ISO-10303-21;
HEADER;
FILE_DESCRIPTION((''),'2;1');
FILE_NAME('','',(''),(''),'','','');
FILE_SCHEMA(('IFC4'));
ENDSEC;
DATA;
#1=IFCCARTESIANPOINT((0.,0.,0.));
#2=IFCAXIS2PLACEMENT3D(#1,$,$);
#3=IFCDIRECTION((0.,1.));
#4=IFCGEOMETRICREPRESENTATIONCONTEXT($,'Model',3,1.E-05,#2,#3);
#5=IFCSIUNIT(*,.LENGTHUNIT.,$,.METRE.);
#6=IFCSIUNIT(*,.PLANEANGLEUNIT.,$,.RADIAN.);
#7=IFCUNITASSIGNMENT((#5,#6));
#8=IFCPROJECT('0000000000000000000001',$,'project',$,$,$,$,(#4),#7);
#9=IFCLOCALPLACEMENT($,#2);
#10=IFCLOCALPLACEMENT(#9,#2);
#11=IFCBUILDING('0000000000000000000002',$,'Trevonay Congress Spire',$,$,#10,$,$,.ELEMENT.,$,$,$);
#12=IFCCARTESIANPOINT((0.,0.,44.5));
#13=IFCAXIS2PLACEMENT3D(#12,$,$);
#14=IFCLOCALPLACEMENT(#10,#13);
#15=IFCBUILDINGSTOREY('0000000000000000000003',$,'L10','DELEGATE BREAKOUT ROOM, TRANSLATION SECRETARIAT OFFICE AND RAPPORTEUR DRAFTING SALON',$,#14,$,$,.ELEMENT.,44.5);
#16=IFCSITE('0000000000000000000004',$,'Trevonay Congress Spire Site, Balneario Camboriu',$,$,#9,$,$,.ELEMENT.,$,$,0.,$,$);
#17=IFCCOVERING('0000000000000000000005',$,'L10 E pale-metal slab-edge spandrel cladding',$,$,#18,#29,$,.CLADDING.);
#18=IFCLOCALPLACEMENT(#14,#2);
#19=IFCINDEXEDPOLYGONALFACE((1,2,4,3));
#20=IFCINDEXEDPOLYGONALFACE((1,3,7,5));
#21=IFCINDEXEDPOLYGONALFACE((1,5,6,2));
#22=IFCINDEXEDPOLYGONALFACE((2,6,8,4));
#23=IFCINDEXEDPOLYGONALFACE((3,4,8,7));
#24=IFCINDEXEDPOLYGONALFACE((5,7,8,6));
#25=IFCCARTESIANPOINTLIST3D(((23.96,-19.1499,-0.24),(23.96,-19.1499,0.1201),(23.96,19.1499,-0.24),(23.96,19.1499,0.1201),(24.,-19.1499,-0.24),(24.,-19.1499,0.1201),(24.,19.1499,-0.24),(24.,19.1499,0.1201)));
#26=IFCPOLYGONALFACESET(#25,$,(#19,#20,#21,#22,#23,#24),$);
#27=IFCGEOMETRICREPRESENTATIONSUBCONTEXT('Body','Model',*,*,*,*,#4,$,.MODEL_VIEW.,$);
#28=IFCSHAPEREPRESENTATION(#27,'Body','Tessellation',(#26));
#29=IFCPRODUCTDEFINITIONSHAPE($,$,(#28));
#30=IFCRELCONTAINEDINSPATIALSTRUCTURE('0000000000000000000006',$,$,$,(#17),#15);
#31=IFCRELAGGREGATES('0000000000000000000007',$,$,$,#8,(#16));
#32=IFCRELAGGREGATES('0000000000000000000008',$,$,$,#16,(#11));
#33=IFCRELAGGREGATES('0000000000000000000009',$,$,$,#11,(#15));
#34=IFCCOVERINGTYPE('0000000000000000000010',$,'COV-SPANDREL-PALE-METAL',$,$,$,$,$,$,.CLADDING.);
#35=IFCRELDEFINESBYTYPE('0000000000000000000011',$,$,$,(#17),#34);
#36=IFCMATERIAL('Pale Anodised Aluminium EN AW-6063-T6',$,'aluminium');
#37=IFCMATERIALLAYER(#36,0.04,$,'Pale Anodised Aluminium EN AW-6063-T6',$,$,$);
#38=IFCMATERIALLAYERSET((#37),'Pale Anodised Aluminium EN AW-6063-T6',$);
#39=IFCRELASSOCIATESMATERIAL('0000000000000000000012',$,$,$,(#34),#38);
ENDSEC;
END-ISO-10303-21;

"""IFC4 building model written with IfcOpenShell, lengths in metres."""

from ifc_helpers import new_model, si_unit, direction, frame, frame_2d, origin, place, context, subcontext, project, spatial, rectangle, extrude, material, layer, layer_set, type_object, element, save


model = new_model("IFC4")

# Units and contexts
model_context = context("Model", 3, precision=1e-05, world=origin(), true_north=direction((0.0, 1.0)))
body_context = subcontext(model_context, "Body", "Model", "MODEL_VIEW")
ifc_project = project(units=[si_unit("LENGTHUNIT", "METRE"), si_unit("PLANEANGLEUNIT", "RADIAN")], contexts=[model_context])

# Site, building, storey
site_placement = place(None, origin())
site = spatial("IfcSite", under=ifc_project, at=site_placement, Name="Trevonay Congress Spire Site, Balneario Camboriu", CompositionType="ELEMENT", RefElevation=0.0)
building_placement = place(site_placement, origin())
building = spatial("IfcBuilding", under=site, at=building_placement, Name="Trevonay Congress Spire", CompositionType="ELEMENT")
storey_placement = place(building_placement, frame((0.0, 0.0, 44.5)))
storey = spatial("IfcBuildingStorey", under=building, at=storey_placement, Name="L10", Description="DELEGATE BREAKOUT ROOM, TRANSLATION SECRETARIAT OFFICE AND RAPPORTEUR DRAFTING SALON", CompositionType="ELEMENT", Elevation=44.5)

# Shared definitions
ifc_material_1 = material(Name="Pale Anodised Aluminium EN AW-6063-T6", Category="aluminium")

# Covering
ifc_layer_1 = layer(ifc_material_1, 0.04, Name="Pale Anodised Aluminium EN AW-6063-T6")
ifc_layer_set_1 = layer_set([ifc_layer_1], Name="Pale Anodised Aluminium EN AW-6063-T6")
covering_type = type_object("IfcCoveringType", Name="COV-SPANDREL-PALE-METAL", PredefinedType="CLADDING", material=ifc_layer_set_1)
covering_placement = place(storey_placement, frame((23.98, -19.1499, -0.24), z_axis=(0.0, 0.0, 1.0), x_axis=(0.0, 1.0, 0.0)))
element("IfcCovering", 1, at=covering_placement, inside=storey, type_object=covering_type, Name="L10 E pale-metal slab-edge spandrel cladding", PredefinedType="CLADDING", context=body_context, shape_type="SweptSolid", body=[
    extrude(rectangle(XDim=38.2998, YDim=0.04, at=frame_2d((19.1499, 0.0))), origin(), (0.0, 0.0, 1.0), 0.3601),
])

save(model, "model.ifc")
